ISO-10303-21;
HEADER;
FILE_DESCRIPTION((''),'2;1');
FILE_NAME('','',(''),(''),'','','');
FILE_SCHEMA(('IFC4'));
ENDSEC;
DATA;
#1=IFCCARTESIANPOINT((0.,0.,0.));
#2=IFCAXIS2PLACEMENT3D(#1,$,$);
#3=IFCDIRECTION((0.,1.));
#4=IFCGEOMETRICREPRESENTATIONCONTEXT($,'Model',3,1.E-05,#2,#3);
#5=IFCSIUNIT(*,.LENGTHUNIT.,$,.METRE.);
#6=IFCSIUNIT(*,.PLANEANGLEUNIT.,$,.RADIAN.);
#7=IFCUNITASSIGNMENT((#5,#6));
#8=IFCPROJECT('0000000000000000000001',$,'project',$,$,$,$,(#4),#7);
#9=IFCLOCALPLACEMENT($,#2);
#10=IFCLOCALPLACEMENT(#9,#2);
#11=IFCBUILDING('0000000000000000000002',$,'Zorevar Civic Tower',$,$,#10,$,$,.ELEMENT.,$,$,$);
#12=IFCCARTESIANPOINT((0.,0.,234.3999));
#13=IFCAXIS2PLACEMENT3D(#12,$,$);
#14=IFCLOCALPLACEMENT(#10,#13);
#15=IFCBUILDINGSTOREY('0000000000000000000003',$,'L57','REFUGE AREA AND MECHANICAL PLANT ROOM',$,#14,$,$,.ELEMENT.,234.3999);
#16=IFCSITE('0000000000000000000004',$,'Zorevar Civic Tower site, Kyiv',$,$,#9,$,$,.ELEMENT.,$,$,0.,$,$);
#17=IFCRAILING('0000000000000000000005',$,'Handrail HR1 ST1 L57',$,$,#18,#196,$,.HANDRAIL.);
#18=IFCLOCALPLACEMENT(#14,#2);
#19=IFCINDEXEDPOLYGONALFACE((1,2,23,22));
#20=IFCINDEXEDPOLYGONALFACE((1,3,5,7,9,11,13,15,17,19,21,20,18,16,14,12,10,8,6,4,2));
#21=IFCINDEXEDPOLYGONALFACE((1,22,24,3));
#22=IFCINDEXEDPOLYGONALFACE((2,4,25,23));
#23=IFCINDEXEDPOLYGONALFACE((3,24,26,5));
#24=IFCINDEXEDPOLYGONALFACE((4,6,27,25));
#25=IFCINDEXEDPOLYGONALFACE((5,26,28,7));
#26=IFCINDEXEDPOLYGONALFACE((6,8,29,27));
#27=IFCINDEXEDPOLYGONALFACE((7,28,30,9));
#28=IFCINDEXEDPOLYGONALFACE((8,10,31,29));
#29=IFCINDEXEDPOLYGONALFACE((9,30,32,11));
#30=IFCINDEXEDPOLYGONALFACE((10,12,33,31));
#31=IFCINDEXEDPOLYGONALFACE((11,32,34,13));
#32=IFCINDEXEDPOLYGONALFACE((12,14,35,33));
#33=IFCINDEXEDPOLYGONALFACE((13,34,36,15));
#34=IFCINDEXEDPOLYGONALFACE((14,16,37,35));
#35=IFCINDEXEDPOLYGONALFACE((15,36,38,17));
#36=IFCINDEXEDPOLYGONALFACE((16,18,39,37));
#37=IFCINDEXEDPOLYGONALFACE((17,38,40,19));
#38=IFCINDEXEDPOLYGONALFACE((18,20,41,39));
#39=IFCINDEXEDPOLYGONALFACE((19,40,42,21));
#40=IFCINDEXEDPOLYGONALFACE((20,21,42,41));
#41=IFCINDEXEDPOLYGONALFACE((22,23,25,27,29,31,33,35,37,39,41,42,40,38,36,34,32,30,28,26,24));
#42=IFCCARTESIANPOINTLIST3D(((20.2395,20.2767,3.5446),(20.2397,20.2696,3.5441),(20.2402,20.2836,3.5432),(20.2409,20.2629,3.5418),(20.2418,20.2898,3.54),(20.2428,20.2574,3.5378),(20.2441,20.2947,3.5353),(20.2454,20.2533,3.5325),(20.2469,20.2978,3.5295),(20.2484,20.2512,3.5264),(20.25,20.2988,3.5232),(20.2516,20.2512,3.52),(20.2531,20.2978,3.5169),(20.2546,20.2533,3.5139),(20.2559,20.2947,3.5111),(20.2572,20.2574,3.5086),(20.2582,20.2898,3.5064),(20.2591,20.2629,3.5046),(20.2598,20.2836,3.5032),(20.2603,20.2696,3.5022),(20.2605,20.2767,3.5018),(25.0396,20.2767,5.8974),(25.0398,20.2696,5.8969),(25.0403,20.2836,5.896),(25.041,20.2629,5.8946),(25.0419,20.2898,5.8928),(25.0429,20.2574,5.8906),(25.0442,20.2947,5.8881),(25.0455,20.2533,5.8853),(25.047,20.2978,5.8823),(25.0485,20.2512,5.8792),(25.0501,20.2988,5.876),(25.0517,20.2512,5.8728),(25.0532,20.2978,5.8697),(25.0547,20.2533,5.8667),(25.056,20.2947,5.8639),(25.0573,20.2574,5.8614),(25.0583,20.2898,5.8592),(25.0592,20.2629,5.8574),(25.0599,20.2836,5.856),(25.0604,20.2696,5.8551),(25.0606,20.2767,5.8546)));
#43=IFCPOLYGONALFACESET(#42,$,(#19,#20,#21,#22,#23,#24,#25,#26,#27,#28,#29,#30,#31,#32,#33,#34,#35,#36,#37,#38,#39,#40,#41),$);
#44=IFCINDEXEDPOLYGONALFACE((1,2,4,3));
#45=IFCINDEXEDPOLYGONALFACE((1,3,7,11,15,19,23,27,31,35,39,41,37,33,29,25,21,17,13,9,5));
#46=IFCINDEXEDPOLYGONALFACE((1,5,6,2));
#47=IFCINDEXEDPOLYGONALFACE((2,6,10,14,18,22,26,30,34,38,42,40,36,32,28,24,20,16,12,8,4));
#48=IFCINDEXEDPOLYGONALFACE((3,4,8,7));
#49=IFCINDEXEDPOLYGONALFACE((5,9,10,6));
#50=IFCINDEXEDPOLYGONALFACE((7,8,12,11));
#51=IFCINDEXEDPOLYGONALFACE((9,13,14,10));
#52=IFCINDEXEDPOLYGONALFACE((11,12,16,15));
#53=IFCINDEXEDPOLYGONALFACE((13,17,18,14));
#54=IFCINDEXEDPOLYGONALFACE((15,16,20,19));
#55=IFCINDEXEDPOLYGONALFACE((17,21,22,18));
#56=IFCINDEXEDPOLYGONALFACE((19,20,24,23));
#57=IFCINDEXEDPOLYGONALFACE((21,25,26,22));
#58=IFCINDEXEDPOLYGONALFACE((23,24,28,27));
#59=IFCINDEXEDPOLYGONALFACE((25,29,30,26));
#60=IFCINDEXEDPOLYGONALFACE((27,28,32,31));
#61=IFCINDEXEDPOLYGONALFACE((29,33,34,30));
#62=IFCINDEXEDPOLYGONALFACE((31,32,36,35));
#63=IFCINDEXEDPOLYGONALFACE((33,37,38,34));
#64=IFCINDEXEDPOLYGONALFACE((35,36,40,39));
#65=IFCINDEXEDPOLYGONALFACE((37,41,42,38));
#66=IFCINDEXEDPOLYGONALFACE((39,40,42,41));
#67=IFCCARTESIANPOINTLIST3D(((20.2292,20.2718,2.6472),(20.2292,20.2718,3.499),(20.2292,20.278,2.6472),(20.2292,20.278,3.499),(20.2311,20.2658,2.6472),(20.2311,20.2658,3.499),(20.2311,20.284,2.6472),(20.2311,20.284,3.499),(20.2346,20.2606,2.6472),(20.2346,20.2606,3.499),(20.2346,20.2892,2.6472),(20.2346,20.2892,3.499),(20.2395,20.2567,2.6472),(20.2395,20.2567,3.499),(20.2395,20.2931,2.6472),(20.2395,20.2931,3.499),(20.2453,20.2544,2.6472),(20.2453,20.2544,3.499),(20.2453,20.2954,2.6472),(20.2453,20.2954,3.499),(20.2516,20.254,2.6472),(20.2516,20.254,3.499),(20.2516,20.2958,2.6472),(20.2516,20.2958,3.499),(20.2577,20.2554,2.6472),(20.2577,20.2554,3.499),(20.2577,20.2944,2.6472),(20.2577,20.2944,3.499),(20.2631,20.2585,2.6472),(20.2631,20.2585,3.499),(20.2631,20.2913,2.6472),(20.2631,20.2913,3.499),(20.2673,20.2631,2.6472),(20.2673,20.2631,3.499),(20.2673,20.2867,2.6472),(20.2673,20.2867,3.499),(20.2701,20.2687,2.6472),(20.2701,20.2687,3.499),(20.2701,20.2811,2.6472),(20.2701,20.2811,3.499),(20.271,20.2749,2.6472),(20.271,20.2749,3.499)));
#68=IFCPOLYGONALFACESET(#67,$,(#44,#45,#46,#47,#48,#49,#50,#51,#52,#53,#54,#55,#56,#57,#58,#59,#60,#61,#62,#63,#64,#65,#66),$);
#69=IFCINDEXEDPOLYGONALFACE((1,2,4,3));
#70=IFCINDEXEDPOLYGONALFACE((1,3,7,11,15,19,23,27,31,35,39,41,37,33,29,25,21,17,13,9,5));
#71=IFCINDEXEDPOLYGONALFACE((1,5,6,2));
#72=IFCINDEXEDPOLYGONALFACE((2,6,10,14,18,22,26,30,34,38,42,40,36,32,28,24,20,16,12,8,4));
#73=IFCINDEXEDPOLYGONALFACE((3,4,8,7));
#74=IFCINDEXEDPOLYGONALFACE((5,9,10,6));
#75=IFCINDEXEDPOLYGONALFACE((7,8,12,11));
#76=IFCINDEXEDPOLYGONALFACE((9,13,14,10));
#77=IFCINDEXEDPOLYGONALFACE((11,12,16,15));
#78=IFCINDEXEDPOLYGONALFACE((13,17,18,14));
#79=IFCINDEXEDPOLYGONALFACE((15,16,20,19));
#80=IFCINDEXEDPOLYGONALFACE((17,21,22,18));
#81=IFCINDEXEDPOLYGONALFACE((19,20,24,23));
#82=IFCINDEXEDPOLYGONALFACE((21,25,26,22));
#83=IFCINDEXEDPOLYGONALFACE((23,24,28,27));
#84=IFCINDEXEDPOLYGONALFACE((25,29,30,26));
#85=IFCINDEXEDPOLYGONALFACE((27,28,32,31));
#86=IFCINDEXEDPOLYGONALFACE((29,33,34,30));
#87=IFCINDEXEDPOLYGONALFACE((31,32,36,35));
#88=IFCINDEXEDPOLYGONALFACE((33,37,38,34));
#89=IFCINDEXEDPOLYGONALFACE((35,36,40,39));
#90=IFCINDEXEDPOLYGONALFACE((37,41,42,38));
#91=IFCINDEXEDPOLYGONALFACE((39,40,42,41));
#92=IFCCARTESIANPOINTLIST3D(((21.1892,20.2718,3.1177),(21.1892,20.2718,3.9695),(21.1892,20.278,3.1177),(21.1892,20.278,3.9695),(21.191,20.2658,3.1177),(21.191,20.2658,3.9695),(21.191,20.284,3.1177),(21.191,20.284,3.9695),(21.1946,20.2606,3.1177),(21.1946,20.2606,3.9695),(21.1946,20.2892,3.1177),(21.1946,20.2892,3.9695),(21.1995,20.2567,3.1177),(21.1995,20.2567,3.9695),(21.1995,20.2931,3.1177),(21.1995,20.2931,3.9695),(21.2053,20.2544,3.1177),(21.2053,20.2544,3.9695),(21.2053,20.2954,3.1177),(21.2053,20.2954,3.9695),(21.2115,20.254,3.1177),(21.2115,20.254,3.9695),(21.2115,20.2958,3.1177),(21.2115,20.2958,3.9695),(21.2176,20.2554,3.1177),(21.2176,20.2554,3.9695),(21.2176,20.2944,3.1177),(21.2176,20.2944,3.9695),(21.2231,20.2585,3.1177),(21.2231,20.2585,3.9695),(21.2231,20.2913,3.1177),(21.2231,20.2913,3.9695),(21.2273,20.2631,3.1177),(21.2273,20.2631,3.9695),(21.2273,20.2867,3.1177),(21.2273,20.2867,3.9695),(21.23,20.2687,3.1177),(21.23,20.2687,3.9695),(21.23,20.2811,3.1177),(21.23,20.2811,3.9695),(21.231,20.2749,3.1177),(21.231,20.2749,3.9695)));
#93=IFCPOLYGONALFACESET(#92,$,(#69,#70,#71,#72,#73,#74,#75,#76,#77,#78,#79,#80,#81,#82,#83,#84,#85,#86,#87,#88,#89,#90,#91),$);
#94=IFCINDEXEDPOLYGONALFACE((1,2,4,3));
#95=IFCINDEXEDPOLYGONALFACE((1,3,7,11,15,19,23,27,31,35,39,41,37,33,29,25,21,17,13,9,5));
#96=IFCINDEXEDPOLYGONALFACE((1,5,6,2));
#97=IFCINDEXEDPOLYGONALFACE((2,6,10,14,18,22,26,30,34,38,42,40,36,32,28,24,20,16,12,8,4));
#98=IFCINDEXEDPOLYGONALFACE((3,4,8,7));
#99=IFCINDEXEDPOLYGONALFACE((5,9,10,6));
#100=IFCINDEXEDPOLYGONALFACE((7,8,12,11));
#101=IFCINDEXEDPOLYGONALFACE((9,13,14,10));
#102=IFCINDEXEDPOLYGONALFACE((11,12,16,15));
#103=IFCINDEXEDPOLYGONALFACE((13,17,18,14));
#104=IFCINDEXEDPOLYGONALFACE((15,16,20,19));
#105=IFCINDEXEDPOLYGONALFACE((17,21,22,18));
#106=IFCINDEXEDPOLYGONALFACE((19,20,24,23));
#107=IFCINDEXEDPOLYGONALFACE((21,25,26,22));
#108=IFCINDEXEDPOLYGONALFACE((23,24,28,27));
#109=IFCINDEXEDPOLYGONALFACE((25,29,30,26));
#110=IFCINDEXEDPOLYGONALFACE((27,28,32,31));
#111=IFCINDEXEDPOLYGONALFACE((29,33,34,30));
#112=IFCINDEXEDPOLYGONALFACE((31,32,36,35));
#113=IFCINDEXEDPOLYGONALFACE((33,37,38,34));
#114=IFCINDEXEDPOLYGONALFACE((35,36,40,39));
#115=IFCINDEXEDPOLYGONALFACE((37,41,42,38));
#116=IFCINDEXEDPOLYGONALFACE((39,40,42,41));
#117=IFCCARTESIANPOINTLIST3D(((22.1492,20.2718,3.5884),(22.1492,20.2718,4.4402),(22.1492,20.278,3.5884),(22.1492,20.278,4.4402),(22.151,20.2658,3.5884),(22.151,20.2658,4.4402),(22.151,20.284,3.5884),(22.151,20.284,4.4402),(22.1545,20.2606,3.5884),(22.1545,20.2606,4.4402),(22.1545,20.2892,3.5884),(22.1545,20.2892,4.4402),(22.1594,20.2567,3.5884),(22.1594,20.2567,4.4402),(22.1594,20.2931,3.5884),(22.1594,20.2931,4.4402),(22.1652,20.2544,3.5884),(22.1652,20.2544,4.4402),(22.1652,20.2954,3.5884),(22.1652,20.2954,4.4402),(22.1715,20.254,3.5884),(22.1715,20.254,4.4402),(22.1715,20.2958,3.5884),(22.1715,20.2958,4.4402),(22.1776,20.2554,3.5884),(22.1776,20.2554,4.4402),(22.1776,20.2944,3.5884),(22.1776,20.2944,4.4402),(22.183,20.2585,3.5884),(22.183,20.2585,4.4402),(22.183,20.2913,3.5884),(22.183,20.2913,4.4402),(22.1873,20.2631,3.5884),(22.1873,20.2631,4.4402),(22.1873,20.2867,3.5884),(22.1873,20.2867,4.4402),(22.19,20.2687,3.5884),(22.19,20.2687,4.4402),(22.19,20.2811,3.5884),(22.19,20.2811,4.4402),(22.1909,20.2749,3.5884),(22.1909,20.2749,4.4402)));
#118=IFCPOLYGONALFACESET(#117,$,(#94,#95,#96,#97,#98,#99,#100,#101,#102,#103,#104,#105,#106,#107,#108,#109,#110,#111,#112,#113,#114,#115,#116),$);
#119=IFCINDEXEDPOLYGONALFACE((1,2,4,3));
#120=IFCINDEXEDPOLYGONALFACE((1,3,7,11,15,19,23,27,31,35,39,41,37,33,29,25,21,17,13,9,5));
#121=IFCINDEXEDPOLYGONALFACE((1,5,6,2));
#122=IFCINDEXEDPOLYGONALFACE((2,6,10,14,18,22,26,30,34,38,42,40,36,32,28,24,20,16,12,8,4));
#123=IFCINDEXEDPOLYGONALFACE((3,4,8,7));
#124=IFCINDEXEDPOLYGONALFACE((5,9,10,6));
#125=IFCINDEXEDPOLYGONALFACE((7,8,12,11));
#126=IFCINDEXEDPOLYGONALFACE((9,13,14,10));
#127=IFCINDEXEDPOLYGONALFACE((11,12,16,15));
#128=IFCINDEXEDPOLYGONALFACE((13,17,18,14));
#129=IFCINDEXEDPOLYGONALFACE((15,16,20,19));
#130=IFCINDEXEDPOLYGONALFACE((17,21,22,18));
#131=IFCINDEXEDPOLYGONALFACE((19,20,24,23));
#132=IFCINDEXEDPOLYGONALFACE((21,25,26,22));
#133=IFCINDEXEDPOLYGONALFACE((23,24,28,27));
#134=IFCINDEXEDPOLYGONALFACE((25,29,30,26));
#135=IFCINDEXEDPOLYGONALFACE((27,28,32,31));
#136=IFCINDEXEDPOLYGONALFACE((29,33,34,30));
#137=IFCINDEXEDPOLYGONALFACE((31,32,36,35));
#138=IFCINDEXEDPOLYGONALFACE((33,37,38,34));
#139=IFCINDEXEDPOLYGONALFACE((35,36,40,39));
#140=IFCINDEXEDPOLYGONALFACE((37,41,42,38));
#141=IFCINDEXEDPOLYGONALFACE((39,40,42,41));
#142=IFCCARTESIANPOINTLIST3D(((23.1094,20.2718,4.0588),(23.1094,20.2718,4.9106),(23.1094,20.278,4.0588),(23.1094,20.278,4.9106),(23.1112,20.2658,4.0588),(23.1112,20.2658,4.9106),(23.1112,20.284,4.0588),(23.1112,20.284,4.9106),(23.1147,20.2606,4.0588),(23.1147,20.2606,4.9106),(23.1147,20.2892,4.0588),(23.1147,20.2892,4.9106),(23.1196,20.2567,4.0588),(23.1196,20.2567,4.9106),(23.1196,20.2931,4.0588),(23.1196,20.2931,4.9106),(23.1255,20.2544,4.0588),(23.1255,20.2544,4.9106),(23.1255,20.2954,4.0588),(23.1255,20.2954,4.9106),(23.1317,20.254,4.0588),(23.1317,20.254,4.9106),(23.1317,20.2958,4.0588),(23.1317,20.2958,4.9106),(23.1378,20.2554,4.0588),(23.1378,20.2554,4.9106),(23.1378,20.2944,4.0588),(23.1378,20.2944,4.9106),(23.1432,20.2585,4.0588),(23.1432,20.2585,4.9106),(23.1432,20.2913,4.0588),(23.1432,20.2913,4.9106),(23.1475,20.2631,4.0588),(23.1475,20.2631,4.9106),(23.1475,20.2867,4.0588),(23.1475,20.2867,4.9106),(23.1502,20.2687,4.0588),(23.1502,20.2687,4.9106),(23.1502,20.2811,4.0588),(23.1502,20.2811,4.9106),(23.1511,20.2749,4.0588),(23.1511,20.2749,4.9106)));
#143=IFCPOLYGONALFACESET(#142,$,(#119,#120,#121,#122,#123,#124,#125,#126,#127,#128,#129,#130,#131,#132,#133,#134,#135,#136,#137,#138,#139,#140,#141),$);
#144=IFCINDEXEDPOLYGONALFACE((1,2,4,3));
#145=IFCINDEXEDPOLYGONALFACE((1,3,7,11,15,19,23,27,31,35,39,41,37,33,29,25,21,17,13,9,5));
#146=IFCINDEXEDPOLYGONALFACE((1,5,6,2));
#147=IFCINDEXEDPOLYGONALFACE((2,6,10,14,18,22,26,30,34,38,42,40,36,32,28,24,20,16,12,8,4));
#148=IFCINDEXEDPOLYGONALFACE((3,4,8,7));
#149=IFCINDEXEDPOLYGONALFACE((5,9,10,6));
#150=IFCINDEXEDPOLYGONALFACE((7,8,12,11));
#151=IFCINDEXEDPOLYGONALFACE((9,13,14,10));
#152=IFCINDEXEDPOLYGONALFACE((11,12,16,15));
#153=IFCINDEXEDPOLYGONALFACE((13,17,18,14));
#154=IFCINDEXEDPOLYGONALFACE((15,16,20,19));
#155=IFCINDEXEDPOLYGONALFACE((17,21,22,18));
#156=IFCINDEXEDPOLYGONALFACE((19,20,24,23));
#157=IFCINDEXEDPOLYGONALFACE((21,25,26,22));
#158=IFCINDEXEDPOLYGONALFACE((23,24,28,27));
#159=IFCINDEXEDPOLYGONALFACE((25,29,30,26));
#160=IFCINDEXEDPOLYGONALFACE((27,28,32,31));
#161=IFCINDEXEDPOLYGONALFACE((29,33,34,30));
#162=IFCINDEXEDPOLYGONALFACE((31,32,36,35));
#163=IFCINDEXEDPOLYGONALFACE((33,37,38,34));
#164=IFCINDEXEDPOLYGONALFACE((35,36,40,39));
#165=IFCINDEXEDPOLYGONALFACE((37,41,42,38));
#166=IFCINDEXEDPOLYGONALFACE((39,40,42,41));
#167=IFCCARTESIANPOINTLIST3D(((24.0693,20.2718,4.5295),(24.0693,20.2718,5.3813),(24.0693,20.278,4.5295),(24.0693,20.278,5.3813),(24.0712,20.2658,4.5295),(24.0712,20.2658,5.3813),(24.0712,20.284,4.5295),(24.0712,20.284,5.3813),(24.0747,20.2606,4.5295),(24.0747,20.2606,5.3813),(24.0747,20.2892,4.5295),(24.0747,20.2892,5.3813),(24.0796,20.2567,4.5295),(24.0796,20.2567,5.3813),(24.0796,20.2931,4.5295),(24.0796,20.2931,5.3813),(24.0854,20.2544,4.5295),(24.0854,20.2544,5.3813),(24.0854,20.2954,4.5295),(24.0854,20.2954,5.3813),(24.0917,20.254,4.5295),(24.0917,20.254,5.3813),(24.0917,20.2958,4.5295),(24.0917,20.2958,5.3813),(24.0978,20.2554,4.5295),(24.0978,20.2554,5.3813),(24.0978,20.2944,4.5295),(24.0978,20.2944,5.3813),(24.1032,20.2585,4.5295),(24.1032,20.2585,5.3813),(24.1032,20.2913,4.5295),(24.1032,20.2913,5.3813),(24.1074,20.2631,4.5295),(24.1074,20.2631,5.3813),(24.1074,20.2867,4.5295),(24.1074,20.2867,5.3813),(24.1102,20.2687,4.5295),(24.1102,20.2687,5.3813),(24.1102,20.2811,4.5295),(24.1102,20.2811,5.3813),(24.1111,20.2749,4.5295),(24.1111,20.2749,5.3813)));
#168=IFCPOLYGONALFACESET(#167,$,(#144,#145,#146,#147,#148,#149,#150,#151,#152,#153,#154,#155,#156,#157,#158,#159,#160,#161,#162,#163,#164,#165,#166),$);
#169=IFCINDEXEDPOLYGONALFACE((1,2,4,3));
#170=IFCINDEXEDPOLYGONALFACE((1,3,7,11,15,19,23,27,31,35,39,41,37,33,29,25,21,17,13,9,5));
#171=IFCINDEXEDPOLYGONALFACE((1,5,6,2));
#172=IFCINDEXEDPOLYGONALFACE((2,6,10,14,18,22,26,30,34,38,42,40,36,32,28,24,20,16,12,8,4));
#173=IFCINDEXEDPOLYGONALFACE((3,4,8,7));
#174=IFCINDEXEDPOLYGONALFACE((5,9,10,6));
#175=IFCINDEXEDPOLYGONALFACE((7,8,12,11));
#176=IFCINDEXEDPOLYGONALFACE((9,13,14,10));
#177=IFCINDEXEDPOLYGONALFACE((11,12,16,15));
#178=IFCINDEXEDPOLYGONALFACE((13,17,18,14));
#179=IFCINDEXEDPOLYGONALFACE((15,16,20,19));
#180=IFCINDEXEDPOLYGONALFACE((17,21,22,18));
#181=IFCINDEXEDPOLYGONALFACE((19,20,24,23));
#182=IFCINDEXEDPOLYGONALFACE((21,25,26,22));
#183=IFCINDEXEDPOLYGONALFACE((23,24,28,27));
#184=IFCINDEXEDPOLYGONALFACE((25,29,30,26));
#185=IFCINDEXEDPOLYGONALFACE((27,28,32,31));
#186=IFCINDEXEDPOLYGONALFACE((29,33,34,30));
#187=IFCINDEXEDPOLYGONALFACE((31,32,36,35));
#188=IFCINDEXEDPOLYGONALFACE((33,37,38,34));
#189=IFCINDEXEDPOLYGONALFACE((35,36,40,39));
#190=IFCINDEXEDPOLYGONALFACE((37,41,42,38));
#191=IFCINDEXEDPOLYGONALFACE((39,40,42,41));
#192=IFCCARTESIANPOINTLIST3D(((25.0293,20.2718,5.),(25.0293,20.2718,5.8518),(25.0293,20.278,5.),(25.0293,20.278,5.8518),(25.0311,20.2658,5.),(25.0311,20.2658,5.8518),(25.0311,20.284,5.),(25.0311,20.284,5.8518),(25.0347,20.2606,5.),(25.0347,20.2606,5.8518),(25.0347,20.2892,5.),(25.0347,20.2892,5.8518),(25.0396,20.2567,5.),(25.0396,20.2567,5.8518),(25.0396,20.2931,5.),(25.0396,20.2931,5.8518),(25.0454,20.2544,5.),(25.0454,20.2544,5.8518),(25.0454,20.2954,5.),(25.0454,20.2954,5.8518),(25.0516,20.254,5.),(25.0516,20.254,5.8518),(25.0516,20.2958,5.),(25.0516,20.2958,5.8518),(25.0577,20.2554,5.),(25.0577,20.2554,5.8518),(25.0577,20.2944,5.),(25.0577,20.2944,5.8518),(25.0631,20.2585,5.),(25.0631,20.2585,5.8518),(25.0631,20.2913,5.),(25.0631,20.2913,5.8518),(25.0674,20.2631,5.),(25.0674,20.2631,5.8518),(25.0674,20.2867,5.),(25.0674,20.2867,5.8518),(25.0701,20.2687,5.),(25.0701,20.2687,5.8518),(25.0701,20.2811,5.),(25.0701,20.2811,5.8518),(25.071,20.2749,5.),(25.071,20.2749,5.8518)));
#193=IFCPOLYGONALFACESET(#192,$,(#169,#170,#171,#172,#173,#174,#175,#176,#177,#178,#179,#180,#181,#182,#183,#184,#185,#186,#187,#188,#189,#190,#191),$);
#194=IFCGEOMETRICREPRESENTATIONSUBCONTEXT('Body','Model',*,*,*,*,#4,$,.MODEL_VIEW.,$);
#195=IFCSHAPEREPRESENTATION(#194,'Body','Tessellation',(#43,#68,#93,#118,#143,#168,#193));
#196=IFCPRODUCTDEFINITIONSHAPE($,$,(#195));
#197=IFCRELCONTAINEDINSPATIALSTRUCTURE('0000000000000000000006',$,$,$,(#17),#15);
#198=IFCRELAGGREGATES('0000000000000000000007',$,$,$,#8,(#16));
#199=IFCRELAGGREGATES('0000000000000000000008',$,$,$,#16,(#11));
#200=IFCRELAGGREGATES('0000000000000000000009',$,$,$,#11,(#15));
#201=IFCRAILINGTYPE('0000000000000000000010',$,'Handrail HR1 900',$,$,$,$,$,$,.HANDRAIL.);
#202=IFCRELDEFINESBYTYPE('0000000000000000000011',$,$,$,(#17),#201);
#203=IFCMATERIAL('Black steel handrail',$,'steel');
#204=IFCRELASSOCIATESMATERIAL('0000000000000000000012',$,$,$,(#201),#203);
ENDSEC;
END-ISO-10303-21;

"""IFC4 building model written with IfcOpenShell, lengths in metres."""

from ifc_helpers import new_model, si_unit, direction, frame, origin, origin_2d, place, context, subcontext, project, spatial, circle, extrude, material, type_object, element, save


model = new_model("IFC4")

# Units and contexts
model_context = context("Model", 3, precision=1e-05, world=origin(), true_north=direction((0.0, 1.0)))
body_context = subcontext(model_context, "Body", "Model", "MODEL_VIEW")
ifc_project = project(units=[si_unit("LENGTHUNIT", "METRE"), si_unit("PLANEANGLEUNIT", "RADIAN")], contexts=[model_context])

# Site, building, storey
site_placement = place(None, origin())
site = spatial("IfcSite", under=ifc_project, at=site_placement, Name="Zorevar Civic Tower site, Kyiv", CompositionType="ELEMENT", RefElevation=0.0)
building_placement = place(site_placement, origin())
building = spatial("IfcBuilding", under=site, at=building_placement, Name="Zorevar Civic Tower", CompositionType="ELEMENT")
storey_placement = place(building_placement, frame((0.0, 0.0, 234.3999)))
storey = spatial("IfcBuildingStorey", under=building, at=storey_placement, Name="L57", Description="REFUGE AREA AND MECHANICAL PLANT ROOM", CompositionType="ELEMENT", Elevation=234.3999)

# Railing
ifc_material_1 = material(Name="Black steel handrail", Category="steel")
railing_type = type_object("IfcRailingType", Name="Handrail HR1 900", PredefinedType="HANDRAIL", material=ifc_material_1)
railing_1_placement = place(storey_placement, frame((20.25, 20.2749, 2.6472)))
element("IfcRailing", 1, at=railing_1_placement, inside=storey, type_object=railing_type, Name="Handrail HR1 ST1 L57", PredefinedType="HANDRAIL", context=body_context, shape_type="SweptSolid", body=[
    extrude(circle(Radius=0.0239, at=origin_2d()), frame((0.0, 0.0, 0.876), z_axis=(0.897934, 0.0, 0.44013), x_axis=(0.0, 1.0, 0.0)), (0.0, 0.0, 1.0), 5.3457),
    extrude(circle(Radius=0.021, at=origin_2d()), origin(), (0.0, 0.0, 1.0), 0.8518),
    extrude(circle(Radius=0.021, at=origin_2d()), frame((0.96, 0.0, 0.4705)), (0.0, 0.0, 1.0), 0.8518),
    extrude(circle(Radius=0.021, at=origin_2d()), frame((1.9199, 0.0, 0.9412)), (0.0, 0.0, 1.0), 0.8518),
    extrude(circle(Radius=0.021, at=origin_2d()), frame((2.8801, 0.0, 1.4116)), (0.0, 0.0, 1.0), 0.8518),
    extrude(circle(Radius=0.021, at=origin_2d()), frame((3.8401, 0.0, 1.8823)), (0.0, 0.0, 1.0), 0.8518),
    extrude(circle(Radius=0.021, at=origin_2d()), frame((4.8, 0.0, 2.3528)), (0.0, 0.0, 1.0), 0.8518),
])

save(model, "model.ifc")
